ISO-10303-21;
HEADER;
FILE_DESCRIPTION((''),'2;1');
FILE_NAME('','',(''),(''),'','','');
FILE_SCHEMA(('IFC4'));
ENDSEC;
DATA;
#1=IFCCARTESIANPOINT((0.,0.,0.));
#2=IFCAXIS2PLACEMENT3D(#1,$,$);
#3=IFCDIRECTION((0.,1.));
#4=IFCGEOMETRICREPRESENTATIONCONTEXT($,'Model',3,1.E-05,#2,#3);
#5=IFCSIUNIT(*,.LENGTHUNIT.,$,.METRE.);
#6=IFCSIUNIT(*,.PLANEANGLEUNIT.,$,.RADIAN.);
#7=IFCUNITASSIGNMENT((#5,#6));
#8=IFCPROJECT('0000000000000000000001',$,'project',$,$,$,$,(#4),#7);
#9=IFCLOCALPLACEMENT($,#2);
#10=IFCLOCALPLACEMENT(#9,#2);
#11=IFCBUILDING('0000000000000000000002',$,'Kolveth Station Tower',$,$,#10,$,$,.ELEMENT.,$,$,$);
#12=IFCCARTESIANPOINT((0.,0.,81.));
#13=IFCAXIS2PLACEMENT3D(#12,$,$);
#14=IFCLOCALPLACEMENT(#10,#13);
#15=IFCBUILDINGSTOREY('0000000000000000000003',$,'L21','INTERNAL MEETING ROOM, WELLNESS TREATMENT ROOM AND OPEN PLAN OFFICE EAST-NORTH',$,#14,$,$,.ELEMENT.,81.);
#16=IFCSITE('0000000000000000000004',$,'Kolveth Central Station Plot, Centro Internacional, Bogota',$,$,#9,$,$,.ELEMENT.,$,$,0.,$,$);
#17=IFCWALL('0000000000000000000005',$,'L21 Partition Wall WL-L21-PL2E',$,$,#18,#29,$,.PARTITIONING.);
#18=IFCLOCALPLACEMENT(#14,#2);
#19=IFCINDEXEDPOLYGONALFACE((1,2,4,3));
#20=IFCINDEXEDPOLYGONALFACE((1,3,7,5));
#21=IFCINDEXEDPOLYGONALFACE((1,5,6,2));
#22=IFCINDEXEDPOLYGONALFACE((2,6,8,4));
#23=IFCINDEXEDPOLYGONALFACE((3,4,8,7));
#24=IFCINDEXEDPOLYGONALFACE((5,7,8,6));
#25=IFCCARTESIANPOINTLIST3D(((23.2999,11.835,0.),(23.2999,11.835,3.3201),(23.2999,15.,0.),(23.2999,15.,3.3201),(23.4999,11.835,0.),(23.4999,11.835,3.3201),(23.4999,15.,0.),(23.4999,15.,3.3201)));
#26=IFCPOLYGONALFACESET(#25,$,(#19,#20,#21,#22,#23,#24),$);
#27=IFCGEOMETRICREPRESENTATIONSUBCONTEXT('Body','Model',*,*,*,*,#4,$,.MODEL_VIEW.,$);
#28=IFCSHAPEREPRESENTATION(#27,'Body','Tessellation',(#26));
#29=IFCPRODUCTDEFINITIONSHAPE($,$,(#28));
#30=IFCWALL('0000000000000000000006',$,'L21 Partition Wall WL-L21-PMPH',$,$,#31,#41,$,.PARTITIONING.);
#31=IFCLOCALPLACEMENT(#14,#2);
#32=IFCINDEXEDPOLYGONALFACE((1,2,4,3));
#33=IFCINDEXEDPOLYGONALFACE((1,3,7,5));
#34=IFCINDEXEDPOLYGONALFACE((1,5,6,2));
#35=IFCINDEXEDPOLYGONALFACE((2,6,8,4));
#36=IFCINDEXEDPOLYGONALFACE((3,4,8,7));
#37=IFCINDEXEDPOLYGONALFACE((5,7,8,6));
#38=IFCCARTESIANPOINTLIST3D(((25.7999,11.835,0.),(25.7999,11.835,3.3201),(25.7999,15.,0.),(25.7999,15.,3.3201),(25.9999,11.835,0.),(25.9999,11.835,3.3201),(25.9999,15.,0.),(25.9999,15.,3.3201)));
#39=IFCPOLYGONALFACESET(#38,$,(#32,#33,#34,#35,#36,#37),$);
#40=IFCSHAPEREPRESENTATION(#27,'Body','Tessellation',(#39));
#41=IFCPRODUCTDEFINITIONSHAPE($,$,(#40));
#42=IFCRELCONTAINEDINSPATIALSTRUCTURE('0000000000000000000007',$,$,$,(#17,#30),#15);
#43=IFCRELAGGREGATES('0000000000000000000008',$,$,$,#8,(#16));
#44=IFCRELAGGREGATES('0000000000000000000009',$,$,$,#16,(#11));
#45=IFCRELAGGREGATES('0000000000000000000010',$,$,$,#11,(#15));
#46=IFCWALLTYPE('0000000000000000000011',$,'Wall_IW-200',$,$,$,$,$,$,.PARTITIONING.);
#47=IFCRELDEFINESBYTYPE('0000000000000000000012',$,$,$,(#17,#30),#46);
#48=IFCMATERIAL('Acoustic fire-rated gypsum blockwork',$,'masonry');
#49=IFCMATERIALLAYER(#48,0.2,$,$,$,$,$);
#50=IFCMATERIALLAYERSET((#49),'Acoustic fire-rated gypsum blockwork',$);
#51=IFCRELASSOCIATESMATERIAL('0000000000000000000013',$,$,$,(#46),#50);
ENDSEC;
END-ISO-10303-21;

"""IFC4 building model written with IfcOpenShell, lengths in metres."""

from ifc_helpers import new_model, si_unit, direction, frame, frame_2d, origin, place, context, subcontext, project, spatial, rectangle, extrude, material, layer, layer_set, type_object, element, save


model = new_model("IFC4")

# Units and contexts
model_context = context("Model", 3, precision=1e-05, world=origin(), true_north=direction((0.0, 1.0)))
body_context = subcontext(model_context, "Body", "Model", "MODEL_VIEW")
ifc_project = project(units=[si_unit("LENGTHUNIT", "METRE"), si_unit("PLANEANGLEUNIT", "RADIAN")], contexts=[model_context])

# Site, building, storey
site_placement = place(None, origin())
site = spatial("IfcSite", under=ifc_project, at=site_placement, Name="Kolveth Central Station Plot, Centro Internacional, Bogota", CompositionType="ELEMENT", RefElevation=0.0)
building_placement = place(site_placement, origin())
building = spatial("IfcBuilding", under=site, at=building_placement, Name="Kolveth Station Tower", CompositionType="ELEMENT")
storey_placement = place(building_placement, frame((0.0, 0.0, 81.0)))
storey = spatial("IfcBuildingStorey", under=building, at=storey_placement, Name="L21", Description="INTERNAL MEETING ROOM, WELLNESS TREATMENT ROOM AND OPEN PLAN OFFICE EAST-NORTH", CompositionType="ELEMENT", Elevation=81.0)

# Shared definitions
ifc_material_1 = material(Name="Acoustic fire-rated gypsum blockwork", Category="masonry")
ifc_layer_1 = layer(ifc_material_1, 0.2)
ifc_layer_set_1 = layer_set([ifc_layer_1], Name="Acoustic fire-rated gypsum blockwork")
wall_type_1 = type_object("IfcWallType", Name="Wall_IW-200", PredefinedType="PARTITIONING", material=ifc_layer_set_1)

# Walls
for number, where, z_axis, x_axis, name in (
    (1, (23.3999, 11.835, 0.0), (0.0, 0.0, 1.0), (0.0, 1.0, 0.0), "L21 Partition Wall WL-L21-PL2E"),
    (2, (25.8999, 11.835, 0.0), (0.0, 0.0, 1.0), (0.0, 1.0, 0.0), "L21 Partition Wall WL-L21-PMPH"),
):
    element("IfcWall", number, at=place(storey_placement, frame(where, z_axis=z_axis, x_axis=x_axis)), inside=storey, type_object=wall_type_1, Name=name, PredefinedType="PARTITIONING", context=body_context, shape_type="SweptSolid", body=[
        extrude(rectangle(XDim=3.165, YDim=0.2, at=frame_2d((1.5825, 0.0))), origin(), (0.0, 0.0, 1.0), 3.3201),
    ])

save(model, "model.ifc")
